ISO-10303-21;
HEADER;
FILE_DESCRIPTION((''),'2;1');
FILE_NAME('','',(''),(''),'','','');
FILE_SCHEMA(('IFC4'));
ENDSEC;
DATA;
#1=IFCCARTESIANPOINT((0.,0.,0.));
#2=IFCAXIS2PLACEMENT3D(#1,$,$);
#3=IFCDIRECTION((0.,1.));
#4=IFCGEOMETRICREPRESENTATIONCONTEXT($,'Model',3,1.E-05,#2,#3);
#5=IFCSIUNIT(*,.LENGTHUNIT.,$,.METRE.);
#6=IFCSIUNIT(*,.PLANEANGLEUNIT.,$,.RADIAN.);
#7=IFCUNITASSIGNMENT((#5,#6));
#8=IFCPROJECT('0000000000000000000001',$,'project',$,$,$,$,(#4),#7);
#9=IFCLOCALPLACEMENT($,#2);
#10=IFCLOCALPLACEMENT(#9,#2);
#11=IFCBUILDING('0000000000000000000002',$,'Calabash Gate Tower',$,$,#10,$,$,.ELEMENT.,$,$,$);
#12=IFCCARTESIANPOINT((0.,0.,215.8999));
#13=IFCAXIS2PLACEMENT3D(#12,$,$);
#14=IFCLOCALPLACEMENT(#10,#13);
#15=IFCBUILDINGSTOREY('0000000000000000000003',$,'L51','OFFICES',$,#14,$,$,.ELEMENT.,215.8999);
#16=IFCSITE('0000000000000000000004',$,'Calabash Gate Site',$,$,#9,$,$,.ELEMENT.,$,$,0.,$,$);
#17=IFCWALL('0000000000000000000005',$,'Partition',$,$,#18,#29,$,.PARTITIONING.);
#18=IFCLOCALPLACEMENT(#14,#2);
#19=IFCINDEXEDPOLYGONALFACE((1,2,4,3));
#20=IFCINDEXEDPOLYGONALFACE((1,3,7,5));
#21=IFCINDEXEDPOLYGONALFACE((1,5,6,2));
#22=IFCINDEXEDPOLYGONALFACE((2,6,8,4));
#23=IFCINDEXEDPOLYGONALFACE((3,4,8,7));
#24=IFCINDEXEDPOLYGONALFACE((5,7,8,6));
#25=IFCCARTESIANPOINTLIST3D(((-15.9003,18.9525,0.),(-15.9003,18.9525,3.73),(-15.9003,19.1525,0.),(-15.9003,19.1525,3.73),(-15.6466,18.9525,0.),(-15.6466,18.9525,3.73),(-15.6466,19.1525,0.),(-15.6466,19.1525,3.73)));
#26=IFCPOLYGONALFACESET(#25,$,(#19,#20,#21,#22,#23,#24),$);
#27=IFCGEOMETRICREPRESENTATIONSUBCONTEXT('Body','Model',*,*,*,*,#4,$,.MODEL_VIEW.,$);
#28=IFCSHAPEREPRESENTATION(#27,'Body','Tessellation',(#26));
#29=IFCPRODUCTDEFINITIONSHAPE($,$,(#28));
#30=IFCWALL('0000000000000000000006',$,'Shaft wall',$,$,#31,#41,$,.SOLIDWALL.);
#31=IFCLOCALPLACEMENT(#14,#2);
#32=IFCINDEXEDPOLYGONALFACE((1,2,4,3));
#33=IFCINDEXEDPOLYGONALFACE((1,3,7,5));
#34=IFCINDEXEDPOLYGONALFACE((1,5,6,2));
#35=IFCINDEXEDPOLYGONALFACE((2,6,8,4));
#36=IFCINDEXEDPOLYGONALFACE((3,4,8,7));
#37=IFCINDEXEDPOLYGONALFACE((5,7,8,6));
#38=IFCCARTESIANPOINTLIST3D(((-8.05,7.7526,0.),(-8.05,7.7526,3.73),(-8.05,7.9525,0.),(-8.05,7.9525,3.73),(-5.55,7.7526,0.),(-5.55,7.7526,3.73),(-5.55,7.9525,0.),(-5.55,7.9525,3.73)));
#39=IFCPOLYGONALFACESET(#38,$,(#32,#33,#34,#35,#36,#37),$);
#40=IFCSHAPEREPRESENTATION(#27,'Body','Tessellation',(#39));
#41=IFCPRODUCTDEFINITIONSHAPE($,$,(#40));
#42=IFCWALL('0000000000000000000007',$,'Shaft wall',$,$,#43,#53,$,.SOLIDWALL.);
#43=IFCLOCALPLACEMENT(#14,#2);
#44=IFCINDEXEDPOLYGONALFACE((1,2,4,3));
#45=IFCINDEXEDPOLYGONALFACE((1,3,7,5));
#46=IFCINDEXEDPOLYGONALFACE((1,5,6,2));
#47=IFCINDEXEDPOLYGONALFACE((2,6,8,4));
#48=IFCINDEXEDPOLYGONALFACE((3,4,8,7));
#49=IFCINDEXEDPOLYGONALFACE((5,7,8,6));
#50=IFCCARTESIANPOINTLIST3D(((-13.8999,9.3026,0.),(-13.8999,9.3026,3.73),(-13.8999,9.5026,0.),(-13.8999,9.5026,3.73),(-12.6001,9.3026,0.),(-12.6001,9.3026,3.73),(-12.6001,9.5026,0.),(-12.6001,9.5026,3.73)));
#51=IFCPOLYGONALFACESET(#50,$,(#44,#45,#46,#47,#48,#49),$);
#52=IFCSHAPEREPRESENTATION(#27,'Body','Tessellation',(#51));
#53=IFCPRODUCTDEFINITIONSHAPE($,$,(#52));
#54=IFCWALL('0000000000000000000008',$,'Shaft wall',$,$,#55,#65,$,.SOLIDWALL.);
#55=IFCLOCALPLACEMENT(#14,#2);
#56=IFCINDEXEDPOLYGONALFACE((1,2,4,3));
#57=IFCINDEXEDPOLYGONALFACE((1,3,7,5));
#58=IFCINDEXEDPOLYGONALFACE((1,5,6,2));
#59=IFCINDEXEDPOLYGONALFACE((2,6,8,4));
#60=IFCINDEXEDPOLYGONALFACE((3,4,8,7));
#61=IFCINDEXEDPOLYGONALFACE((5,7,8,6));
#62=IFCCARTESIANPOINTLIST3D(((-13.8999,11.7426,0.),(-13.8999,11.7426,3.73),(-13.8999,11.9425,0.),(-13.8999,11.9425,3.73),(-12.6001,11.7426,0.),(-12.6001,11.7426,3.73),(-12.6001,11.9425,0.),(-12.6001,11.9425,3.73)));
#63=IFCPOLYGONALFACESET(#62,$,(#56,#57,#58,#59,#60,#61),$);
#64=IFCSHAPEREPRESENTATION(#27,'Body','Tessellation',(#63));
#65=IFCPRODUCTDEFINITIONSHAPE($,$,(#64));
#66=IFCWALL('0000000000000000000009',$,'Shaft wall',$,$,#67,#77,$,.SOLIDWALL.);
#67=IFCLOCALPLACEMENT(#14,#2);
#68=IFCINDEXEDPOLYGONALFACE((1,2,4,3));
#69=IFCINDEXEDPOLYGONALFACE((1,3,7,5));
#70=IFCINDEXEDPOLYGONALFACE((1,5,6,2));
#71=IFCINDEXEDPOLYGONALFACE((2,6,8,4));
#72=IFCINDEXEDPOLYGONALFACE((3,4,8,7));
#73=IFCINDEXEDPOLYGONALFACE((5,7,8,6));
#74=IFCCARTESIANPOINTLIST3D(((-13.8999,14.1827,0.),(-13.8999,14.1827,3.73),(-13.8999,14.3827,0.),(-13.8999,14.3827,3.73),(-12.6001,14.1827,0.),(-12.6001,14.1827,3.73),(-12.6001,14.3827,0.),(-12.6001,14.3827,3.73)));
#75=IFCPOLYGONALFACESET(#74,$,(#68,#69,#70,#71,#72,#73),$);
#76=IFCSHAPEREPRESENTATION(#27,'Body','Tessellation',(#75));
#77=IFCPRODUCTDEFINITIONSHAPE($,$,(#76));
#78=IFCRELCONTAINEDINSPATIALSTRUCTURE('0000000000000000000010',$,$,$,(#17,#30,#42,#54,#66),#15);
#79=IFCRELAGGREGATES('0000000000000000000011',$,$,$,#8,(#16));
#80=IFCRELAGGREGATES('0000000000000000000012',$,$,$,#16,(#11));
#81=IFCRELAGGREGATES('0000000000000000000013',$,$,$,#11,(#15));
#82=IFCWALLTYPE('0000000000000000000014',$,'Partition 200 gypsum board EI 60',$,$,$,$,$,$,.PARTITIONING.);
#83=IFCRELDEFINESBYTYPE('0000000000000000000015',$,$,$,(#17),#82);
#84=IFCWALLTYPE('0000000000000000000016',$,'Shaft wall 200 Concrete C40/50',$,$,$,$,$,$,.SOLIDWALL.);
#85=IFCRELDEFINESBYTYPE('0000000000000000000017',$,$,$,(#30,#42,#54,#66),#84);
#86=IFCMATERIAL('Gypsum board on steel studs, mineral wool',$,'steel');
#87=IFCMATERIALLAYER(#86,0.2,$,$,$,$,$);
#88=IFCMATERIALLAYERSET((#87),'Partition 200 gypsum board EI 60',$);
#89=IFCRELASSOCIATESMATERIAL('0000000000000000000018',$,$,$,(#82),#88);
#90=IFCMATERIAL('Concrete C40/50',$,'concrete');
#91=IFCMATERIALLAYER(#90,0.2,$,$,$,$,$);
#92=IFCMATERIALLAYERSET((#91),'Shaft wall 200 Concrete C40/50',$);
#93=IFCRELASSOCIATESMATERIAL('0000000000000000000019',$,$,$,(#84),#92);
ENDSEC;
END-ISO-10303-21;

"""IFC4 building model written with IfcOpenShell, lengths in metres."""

from ifc_helpers import new_model, si_unit, direction, frame, frame_2d, origin, place, context, subcontext, project, spatial, rectangle, extrude, material, layer, layer_set, type_object, element, save


model = new_model("IFC4")

# Units and contexts
model_context = context("Model", 3, precision=1e-05, world=origin(), true_north=direction((0.0, 1.0)))
body_context = subcontext(model_context, "Body", "Model", "MODEL_VIEW")
ifc_project = project(units=[si_unit("LENGTHUNIT", "METRE"), si_unit("PLANEANGLEUNIT", "RADIAN")], contexts=[model_context])

# Site, building, storey
site_placement = place(None, origin())
site = spatial("IfcSite", under=ifc_project, at=site_placement, Name="Calabash Gate Site", CompositionType="ELEMENT", RefElevation=0.0)
building_placement = place(site_placement, origin())
building = spatial("IfcBuilding", under=site, at=building_placement, Name="Calabash Gate Tower", CompositionType="ELEMENT")
storey_placement = place(building_placement, frame((0.0, 0.0, 215.8999)))
storey = spatial("IfcBuildingStorey", under=building, at=storey_placement, Name="L51", Description="OFFICES", CompositionType="ELEMENT", Elevation=215.8999)

# Shared definitions
ifc_material_1 = material(Name="Gypsum board on steel studs, mineral wool", Category="steel")
ifc_layer_1 = layer(ifc_material_1, 0.2)
ifc_layer_set_1 = layer_set([ifc_layer_1], Name="Partition 200 gypsum board EI 60")
wall_type_1 = type_object("IfcWallType", Name="Partition 200 gypsum board EI 60", PredefinedType="PARTITIONING", material=ifc_layer_set_1)

# Walls
wall_1_placement = place(storey_placement, frame((-15.9004, 19.0525, 0.0), z_axis=(0.0, 0.0, 1.0), x_axis=(1.0, 0.0, 0.0)))
element("IfcWall", 1, at=wall_1_placement, inside=storey, type_object=wall_type_1, Name="Partition", PredefinedType="PARTITIONING", context=body_context, shape_type="SweptSolid", body=[
    extrude(rectangle(XDim=0.2537, YDim=0.2, at=frame_2d((0.127, 0.0))), origin(), (0.0, 0.0, 1.0), 3.73),
])
ifc_material_2 = material(Name="Concrete C40/50", Category="concrete")
ifc_layer_2 = layer(ifc_material_2, 0.2)
ifc_layer_set_2 = layer_set([ifc_layer_2], Name="Shaft wall 200 Concrete C40/50")
wall_type_2 = type_object("IfcWallType", Name="Shaft wall 200 Concrete C40/50", PredefinedType="SOLIDWALL", material=ifc_layer_set_2)
wall_2_placement = place(storey_placement, frame((-8.05, 7.8525, 0.0), z_axis=(0.0, 0.0, 1.0), x_axis=(1.0, 0.0, 0.0)))
element("IfcWall", 2, at=wall_2_placement, inside=storey, type_object=wall_type_2, Name="Shaft wall", PredefinedType="SOLIDWALL", context=body_context, shape_type="SweptSolid", body=[
    extrude(rectangle(XDim=2.5, YDim=0.2, at=frame_2d((1.25, 0.0))), origin(), (0.0, 0.0, 1.0), 3.73),
])
for number, where, z_axis, x_axis, name in (
    (3, (-13.8999, 9.4026, 0.0), (0.0, 0.0, 1.0), (1.0, 0.0, 0.0), "Shaft wall"),
    (4, (-13.8999, 11.8425, 0.0), (0.0, 0.0, 1.0), (1.0, 0.0, 0.0), "Shaft wall"),
    (5, (-13.8999, 14.2827, 0.0), (0.0, 0.0, 1.0), (1.0, 0.0, 0.0), "Shaft wall"),
):
    element("IfcWall", number, at=place(storey_placement, frame(where, z_axis=z_axis, x_axis=x_axis)), inside=storey, type_object=wall_type_2, Name=name, PredefinedType="SOLIDWALL", context=body_context, shape_type="SweptSolid", body=[
        extrude(rectangle(XDim=1.2998, YDim=0.2, at=frame_2d((0.6499, 0.0))), origin(), (0.0, 0.0, 1.0), 3.73),
    ])

save(model, "model.ifc")
